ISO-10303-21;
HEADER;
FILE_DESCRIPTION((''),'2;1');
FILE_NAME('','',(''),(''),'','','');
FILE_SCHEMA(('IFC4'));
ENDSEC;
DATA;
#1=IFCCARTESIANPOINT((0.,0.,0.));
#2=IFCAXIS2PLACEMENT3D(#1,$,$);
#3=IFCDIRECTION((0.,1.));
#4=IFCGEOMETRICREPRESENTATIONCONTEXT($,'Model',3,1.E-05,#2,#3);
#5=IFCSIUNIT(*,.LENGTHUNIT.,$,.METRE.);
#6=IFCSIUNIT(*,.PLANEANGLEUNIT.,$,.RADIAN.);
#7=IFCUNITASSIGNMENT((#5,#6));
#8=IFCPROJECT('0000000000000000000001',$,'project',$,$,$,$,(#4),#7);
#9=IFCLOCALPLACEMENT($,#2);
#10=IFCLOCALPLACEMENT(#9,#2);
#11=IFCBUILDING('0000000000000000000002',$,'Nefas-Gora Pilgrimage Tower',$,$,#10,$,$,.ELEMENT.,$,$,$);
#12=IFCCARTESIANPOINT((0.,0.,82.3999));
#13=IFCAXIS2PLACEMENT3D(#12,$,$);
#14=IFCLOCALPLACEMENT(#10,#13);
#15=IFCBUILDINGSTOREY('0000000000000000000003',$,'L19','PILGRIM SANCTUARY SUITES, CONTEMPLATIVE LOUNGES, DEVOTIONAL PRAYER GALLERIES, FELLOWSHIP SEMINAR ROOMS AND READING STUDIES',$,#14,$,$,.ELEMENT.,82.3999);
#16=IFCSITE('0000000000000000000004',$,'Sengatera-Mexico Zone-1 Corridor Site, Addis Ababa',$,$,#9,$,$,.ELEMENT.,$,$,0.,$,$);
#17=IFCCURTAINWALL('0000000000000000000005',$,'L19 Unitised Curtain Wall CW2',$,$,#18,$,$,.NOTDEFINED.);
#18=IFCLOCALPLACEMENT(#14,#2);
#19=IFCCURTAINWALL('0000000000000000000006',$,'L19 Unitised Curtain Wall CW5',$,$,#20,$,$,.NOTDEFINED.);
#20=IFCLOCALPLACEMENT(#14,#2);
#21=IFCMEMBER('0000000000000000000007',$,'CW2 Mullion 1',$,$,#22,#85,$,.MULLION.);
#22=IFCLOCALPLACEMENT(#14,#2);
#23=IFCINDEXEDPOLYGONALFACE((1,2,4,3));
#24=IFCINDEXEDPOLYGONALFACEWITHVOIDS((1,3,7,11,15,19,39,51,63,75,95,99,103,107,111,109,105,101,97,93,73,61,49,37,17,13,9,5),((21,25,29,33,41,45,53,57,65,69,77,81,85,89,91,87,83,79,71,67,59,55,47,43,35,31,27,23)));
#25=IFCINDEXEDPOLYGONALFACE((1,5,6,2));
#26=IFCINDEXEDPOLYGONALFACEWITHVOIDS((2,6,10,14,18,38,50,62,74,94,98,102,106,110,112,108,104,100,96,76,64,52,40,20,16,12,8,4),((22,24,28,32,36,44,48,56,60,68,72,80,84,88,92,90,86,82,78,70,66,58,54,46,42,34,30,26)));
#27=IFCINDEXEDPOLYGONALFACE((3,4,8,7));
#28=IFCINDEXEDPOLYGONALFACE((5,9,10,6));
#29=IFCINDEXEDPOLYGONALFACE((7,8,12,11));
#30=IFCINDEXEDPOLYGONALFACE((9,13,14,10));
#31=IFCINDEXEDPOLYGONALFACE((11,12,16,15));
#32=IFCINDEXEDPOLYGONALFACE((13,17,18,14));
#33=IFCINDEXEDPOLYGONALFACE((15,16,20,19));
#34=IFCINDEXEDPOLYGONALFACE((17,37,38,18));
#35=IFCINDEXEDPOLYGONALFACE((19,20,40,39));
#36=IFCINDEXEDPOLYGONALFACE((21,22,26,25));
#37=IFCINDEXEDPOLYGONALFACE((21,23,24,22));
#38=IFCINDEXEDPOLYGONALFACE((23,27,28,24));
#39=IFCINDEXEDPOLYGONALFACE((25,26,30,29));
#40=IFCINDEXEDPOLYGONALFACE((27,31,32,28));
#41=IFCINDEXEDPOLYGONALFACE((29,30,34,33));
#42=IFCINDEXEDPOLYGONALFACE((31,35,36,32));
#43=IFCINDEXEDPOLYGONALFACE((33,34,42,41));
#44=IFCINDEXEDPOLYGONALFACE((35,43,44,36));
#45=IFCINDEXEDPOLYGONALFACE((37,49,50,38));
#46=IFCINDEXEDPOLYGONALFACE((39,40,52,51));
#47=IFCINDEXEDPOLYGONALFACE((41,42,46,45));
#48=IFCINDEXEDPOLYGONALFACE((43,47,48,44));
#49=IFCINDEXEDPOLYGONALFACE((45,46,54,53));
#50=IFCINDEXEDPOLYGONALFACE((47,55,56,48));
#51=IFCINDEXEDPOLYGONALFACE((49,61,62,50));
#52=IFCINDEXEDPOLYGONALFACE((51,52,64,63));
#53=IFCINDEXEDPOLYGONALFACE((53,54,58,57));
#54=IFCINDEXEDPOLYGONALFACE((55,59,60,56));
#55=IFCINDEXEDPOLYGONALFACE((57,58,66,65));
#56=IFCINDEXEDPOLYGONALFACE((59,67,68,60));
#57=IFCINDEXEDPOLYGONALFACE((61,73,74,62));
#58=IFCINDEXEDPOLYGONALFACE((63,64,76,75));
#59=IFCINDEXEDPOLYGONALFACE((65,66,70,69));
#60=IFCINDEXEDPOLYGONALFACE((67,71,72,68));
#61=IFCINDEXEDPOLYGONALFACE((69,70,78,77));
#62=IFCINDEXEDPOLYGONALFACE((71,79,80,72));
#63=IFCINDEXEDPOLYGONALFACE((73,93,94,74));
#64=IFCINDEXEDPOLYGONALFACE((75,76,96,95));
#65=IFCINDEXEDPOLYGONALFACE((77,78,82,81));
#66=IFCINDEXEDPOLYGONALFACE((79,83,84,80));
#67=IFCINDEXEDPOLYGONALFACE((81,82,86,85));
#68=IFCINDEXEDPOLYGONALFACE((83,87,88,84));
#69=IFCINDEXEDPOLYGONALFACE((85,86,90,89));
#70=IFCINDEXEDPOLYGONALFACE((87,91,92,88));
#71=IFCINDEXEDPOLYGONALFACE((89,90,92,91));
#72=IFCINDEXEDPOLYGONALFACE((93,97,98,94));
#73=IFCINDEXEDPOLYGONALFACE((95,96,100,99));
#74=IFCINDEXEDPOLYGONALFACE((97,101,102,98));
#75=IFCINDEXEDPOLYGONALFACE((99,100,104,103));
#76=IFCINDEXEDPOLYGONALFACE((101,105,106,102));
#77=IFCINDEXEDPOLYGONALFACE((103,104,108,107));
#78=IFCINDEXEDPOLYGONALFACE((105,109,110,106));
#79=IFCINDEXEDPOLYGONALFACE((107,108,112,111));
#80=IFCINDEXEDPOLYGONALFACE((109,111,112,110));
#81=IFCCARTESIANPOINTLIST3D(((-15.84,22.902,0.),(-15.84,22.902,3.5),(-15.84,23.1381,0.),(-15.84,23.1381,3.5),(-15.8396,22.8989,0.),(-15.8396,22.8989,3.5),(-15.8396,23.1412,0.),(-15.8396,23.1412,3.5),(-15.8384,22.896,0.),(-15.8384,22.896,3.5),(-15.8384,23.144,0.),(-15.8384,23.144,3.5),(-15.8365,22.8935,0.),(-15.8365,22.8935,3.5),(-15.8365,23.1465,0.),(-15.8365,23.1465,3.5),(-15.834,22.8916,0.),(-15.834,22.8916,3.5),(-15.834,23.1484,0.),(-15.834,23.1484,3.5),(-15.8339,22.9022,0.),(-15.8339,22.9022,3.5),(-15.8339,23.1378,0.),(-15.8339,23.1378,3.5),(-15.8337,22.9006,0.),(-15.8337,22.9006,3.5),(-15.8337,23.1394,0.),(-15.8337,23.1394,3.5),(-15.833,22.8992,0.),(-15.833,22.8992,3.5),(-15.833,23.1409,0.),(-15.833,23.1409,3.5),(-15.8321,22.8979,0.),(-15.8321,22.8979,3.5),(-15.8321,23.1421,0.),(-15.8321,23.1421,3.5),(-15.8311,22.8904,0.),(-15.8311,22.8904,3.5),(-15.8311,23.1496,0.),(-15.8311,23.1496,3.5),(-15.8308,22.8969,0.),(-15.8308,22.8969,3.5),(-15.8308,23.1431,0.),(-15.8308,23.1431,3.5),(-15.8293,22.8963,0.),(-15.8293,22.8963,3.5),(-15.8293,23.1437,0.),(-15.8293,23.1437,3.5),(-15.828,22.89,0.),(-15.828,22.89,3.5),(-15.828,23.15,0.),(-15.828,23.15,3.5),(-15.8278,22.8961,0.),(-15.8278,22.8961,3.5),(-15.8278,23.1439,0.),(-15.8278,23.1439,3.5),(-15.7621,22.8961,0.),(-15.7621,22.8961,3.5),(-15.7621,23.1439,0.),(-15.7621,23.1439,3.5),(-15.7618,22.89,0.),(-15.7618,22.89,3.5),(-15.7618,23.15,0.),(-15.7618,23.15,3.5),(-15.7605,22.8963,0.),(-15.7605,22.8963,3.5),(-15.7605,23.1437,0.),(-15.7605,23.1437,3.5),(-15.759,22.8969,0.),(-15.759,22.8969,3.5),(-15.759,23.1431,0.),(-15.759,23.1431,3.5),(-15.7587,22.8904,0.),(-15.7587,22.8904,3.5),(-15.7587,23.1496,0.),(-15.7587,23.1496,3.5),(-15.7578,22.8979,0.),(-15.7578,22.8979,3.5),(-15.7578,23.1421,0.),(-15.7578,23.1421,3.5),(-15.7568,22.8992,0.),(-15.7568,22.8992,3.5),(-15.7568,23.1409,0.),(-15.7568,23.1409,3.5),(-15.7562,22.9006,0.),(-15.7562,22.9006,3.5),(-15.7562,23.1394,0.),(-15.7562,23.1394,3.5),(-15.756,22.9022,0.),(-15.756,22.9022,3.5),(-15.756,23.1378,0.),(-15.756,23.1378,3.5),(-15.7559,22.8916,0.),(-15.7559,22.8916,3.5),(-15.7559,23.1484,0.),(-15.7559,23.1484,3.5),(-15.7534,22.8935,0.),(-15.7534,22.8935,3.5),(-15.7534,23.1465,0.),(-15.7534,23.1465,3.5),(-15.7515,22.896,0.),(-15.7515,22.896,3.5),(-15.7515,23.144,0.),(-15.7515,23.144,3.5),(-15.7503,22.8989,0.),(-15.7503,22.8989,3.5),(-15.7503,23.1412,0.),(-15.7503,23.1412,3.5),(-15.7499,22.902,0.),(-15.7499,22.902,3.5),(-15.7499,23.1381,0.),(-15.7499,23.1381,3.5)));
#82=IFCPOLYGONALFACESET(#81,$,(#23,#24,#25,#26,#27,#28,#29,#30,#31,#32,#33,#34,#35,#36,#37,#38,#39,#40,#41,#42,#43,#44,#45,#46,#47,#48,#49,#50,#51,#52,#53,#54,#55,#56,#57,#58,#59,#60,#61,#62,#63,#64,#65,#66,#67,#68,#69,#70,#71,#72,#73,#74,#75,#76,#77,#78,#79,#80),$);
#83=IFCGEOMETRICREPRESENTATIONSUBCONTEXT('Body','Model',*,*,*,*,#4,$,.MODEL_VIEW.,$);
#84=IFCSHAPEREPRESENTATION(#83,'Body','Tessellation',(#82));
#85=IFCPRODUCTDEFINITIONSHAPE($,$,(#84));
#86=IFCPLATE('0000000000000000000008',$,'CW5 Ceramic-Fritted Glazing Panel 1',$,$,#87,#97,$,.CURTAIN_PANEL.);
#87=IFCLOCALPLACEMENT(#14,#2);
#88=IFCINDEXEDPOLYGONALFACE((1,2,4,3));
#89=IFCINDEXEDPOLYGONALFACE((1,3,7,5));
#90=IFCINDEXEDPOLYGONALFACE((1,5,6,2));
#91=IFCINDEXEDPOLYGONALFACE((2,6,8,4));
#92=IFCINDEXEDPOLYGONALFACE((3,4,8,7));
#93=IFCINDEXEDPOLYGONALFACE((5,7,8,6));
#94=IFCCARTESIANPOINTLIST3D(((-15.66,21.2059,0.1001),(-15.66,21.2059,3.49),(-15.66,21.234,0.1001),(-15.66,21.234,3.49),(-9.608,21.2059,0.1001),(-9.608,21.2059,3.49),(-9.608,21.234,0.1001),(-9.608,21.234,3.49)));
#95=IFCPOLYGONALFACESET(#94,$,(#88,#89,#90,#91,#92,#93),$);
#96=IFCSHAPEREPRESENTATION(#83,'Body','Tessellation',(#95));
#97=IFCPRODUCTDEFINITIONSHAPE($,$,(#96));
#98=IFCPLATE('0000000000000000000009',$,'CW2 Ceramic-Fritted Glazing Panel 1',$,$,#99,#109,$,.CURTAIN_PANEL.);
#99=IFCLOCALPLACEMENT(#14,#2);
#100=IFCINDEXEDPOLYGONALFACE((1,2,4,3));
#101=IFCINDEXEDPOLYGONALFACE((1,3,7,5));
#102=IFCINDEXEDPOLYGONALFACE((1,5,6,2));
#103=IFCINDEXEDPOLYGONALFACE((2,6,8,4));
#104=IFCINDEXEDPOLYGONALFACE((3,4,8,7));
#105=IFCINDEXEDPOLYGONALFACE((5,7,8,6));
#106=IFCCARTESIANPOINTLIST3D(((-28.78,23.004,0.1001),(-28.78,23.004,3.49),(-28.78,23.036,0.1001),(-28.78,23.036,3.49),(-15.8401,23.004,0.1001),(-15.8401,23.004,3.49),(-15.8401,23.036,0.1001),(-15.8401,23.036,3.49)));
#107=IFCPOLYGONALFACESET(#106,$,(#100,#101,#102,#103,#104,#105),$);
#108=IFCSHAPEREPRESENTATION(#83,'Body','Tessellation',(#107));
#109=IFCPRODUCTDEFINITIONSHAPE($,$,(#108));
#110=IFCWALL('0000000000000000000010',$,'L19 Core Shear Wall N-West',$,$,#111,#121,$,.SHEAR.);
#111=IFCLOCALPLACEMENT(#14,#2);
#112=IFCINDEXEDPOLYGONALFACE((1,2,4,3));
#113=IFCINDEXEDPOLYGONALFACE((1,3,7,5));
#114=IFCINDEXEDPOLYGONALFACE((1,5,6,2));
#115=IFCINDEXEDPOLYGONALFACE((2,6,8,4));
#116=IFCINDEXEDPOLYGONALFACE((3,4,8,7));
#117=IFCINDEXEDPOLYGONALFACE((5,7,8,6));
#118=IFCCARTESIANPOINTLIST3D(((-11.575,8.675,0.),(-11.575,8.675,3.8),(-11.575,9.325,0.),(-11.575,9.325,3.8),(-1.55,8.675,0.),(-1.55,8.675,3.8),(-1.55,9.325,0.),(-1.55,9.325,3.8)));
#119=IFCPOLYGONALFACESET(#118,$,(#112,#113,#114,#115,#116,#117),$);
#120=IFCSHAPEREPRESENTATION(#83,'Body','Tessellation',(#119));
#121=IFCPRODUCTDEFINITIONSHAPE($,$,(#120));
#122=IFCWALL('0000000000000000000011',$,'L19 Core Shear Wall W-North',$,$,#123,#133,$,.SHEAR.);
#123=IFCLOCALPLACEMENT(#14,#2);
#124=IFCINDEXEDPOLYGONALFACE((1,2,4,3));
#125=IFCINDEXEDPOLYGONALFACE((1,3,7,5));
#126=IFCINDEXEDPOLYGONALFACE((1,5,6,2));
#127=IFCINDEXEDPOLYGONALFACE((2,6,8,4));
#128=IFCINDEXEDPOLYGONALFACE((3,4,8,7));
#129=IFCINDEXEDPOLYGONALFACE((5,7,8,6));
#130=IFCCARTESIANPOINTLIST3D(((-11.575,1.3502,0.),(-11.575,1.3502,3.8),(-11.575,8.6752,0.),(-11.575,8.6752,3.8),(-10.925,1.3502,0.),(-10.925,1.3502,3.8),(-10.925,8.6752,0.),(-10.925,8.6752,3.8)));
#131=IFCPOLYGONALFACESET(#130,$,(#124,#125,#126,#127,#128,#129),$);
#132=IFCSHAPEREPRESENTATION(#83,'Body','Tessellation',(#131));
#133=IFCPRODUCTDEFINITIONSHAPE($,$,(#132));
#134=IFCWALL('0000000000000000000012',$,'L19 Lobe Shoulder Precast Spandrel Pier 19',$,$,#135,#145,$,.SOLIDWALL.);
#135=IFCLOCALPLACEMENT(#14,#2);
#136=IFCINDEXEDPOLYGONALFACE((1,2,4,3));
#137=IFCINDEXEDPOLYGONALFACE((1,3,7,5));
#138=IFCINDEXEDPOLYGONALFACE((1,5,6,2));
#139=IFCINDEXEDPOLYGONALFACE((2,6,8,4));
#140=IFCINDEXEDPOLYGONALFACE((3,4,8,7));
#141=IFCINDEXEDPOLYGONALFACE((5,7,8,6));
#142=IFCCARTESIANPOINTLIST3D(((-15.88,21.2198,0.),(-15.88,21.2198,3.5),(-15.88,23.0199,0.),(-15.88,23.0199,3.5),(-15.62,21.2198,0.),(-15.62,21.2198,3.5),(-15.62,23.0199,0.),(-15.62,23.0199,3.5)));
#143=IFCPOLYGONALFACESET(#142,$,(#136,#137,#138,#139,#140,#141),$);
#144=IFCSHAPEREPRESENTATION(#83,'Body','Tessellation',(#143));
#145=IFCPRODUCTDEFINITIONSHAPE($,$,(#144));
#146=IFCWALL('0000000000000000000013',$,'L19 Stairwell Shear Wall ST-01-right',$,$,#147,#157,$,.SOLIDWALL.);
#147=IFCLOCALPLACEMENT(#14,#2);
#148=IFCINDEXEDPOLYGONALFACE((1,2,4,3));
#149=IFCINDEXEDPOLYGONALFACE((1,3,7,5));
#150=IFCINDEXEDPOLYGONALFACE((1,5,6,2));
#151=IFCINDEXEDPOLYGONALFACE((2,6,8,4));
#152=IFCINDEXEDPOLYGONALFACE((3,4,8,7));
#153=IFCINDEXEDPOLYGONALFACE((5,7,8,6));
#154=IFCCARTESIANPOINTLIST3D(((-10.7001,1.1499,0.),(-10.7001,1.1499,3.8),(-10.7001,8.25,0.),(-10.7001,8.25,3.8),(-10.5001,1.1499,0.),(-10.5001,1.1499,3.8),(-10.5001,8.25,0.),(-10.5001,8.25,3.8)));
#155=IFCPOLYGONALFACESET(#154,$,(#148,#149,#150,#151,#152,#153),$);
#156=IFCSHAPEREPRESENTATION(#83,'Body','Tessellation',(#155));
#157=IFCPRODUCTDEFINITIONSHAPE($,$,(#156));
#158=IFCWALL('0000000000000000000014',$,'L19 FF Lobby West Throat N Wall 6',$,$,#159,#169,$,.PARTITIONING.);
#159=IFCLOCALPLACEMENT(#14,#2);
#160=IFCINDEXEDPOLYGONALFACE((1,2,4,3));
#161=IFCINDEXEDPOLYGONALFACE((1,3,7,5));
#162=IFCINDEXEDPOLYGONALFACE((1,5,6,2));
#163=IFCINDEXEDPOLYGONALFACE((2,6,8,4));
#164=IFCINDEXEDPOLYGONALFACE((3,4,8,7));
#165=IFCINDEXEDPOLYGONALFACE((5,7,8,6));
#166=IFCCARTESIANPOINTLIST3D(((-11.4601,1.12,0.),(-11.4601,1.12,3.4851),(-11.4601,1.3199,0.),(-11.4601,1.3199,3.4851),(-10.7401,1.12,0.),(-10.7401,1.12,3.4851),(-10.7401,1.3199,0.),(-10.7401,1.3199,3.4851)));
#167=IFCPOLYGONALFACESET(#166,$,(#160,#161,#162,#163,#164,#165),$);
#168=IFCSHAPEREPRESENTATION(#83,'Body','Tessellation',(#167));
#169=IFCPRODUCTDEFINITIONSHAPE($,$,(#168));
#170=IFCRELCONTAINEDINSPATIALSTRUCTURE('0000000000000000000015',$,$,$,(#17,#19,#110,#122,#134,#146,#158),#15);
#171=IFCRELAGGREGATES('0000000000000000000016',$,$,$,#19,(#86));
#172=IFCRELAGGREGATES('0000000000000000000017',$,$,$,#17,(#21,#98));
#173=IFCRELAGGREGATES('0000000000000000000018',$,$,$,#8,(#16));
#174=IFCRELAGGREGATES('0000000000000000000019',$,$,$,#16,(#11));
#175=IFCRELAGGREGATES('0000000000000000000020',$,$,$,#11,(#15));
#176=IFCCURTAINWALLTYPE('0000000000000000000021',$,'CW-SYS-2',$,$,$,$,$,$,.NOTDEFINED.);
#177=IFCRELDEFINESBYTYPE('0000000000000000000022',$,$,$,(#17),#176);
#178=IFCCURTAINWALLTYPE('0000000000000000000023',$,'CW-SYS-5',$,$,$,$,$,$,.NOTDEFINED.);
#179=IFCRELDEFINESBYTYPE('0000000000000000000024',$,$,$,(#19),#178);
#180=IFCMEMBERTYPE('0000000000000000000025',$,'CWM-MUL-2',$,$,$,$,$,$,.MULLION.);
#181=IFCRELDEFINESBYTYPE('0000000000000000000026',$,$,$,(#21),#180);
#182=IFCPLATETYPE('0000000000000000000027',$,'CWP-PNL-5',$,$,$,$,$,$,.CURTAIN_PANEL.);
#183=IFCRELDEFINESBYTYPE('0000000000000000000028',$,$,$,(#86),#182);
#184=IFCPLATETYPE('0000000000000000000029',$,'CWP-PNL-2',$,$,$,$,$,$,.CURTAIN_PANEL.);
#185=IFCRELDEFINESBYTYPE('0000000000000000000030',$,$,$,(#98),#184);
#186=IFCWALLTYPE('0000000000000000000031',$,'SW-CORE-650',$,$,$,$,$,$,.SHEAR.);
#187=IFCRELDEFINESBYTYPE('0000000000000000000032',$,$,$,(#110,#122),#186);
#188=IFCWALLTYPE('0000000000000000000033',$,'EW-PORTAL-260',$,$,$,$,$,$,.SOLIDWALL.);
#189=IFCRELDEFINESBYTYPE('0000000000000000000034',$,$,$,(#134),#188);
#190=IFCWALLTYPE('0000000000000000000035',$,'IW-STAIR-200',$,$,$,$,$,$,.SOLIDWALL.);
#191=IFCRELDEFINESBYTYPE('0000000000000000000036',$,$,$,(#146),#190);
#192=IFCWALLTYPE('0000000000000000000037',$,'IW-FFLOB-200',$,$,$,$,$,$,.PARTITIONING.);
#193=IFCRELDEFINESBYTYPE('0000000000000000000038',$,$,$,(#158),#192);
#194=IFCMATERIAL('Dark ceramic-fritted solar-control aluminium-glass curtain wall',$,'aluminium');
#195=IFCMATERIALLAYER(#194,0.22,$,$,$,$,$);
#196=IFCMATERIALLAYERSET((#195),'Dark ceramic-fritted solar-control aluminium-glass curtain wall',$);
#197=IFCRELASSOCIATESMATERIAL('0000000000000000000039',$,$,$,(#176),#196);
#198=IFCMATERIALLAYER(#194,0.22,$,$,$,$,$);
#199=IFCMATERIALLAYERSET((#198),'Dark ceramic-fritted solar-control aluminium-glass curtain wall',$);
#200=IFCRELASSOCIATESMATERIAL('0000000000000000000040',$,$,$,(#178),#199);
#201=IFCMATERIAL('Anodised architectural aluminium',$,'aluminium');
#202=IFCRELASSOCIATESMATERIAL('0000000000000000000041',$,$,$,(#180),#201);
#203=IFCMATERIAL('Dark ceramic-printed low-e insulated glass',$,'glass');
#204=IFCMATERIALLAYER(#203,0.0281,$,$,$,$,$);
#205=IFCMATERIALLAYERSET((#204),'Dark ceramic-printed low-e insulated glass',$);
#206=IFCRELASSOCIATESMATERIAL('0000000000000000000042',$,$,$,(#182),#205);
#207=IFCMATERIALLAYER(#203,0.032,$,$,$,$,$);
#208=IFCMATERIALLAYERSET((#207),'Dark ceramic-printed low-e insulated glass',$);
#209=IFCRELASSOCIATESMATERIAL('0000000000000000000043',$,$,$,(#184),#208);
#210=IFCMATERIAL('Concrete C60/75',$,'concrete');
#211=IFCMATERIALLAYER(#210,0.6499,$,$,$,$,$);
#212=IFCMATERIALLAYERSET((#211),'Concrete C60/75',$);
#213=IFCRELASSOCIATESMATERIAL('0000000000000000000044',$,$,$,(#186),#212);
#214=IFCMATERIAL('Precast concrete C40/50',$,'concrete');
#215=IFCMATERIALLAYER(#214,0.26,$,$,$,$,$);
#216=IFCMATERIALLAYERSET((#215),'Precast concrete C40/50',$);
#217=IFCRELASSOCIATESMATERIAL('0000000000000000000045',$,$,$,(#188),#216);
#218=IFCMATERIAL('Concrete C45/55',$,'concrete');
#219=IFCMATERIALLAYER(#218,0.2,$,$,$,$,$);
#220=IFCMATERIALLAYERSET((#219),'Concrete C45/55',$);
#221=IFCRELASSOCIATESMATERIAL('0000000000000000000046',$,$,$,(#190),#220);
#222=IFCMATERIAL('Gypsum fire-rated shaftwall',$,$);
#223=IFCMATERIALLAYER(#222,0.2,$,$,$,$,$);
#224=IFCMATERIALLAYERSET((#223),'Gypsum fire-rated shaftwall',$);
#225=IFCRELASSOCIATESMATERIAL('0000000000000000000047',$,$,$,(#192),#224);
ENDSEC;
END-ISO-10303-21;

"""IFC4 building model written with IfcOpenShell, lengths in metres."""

from ifc_helpers import new_model, si_unit, direction, frame, frame_2d, origin, origin_2d, place, context, subcontext, project, spatial, rectangle, hollow_rectangle, extrude, source, transform, mapped, material, layer, layer_set, material_profile, profile_set, type_object, element, aggregate, save


model = new_model("IFC4")

# Units and contexts
model_context = context("Model", 3, precision=1e-05, world=origin(), true_north=direction((0.0, 1.0)))
body_context = subcontext(model_context, "Body", "Model", "MODEL_VIEW")
ifc_project = project(units=[si_unit("LENGTHUNIT", "METRE"), si_unit("PLANEANGLEUNIT", "RADIAN")], contexts=[model_context])

# Site, building, storey
site_placement = place(None, origin())
site = spatial("IfcSite", under=ifc_project, at=site_placement, Name="Sengatera-Mexico Zone-1 Corridor Site, Addis Ababa", CompositionType="ELEMENT", RefElevation=0.0)
building_placement = place(site_placement, origin())
building = spatial("IfcBuilding", under=site, at=building_placement, Name="Nefas-Gora Pilgrimage Tower", CompositionType="ELEMENT")
storey_placement = place(building_placement, frame((0.0, 0.0, 82.3999)))
storey = spatial("IfcBuildingStorey", under=building, at=storey_placement, Name="L19", Description="PILGRIM SANCTUARY SUITES, CONTEMPLATIVE LOUNGES, DEVOTIONAL PRAYER GALLERIES, FELLOWSHIP SEMINAR ROOMS AND READING STUDIES", CompositionType="ELEMENT", Elevation=82.3999)

# Curtain walls
ifc_material_1 = material(Name="Dark ceramic-fritted solar-control aluminium-glass curtain wall", Category="aluminium")
ifc_layer_1 = layer(ifc_material_1, 0.22)
ifc_layer_set_1 = layer_set([ifc_layer_1], Name="Dark ceramic-fritted solar-control aluminium-glass curtain wall")
curtain_wall_type_1 = type_object("IfcCurtainWallType", Name="CW-SYS-2", PredefinedType="NOTDEFINED", material=ifc_layer_set_1)
curtain_wall_1_placement = place(storey_placement, origin())
curtain_wall_1 = element("IfcCurtainWall", 1, at=curtain_wall_1_placement, inside=storey, type_object=curtain_wall_type_1, Name="L19 Unitised Curtain Wall CW2", PredefinedType="NOTDEFINED")
ifc_material_2 = material(Name="Anodised architectural aluminium", Category="aluminium")
ifc_layer_2 = layer(ifc_material_1, 0.22)
ifc_layer_set_2 = layer_set([ifc_layer_2], Name="Dark ceramic-fritted solar-control aluminium-glass curtain wall")
curtain_wall_type_2 = type_object("IfcCurtainWallType", Name="CW-SYS-5", PredefinedType="NOTDEFINED", material=ifc_layer_set_2)
curtain_wall_2_placement = place(storey_placement, origin())
curtain_wall_2 = element("IfcCurtainWall", 2, at=curtain_wall_2_placement, inside=storey, type_object=curtain_wall_type_2, Name="L19 Unitised Curtain Wall CW5", PredefinedType="NOTDEFINED")

# Member
ifc_material_profile_1 = material_profile(ifc_material_2, hollow_rectangle(XDim=0.0901, YDim=0.26, WallThickness=0.0061, InnerFilletRadius=0.0061, OuterFilletRadius=0.012, at=origin_2d()), Name="ALU MULLION 90x260")
ifc_profile_set_1 = profile_set([ifc_material_profile_1], Name="Anodised architectural aluminium")
member_type_1 = type_object("IfcMemberType", Name="CWM-MUL-2", PredefinedType="MULLION", material=ifc_profile_set_1)
shared_shape_1 = source(origin(), body_context, "Body", "SweptSolid", [
    extrude(hollow_rectangle(XDim=0.0901, YDim=0.26, WallThickness=0.0061, InnerFilletRadius=0.0061, OuterFilletRadius=0.012, at=origin_2d()), origin(), (0.0, 0.0, 1.0), 3.5),
])
member_1_placement = place(storey_placement, frame((-15.7949, 23.02, 0.0), z_axis=(0.0, 0.0, 1.0), x_axis=(-1.0, 0.0, 0.0)))
member_1 = element("IfcMember", 3, at=member_1_placement, type_object=member_type_1, Name="CW2 Mullion 1", PredefinedType="MULLION", context=body_context, shape_type="MappedRepresentation", body=[
    mapped(shared_shape_1, transform((0.0, 0.0, 0.0), x_axis=(1.0, 0.0, 0.0), y_axis=(0.0, 1.0, 0.0), z_axis=(0.0, 0.0, 1.0), scale=1.0)),
])

# Plates
ifc_material_3 = material(Name="Dark ceramic-printed low-e insulated glass", Category="glass")
ifc_layer_3 = layer(ifc_material_3, 0.0281)
ifc_layer_set_3 = layer_set([ifc_layer_3], Name="Dark ceramic-printed low-e insulated glass")
plate_type_1 = type_object("IfcPlateType", Name="CWP-PNL-5", PredefinedType="CURTAIN_PANEL", material=ifc_layer_set_3)
shared_shape_2 = source(origin(), body_context, "Body", "SweptSolid", [
    extrude(rectangle(XDim=6.052, YDim=0.0281, at=origin_2d()), origin(), (0.0, 0.0, 1.0), 3.3899),
])
plate_1_placement = place(storey_placement, frame((-12.634, 21.22, 0.1001), z_axis=(0.0, 0.0, 1.0), x_axis=(-1.0, 0.0, 0.0)))
plate_1 = element("IfcPlate", 4, at=plate_1_placement, type_object=plate_type_1, Name="CW5 Ceramic-Fritted Glazing Panel 1", PredefinedType="CURTAIN_PANEL", context=body_context, shape_type="MappedRepresentation", body=[
    mapped(shared_shape_2, transform((0.0, 0.0, 0.0), x_axis=(1.0, 0.0, 0.0), y_axis=(0.0, 1.0, 0.0), z_axis=(0.0, 0.0, 1.0), scale=1.0)),
])
aggregate(curtain_wall_2, [plate_1])
ifc_layer_4 = layer(ifc_material_3, 0.032)
ifc_layer_set_4 = layer_set([ifc_layer_4], Name="Dark ceramic-printed low-e insulated glass")
plate_type_2 = type_object("IfcPlateType", Name="CWP-PNL-2", PredefinedType="CURTAIN_PANEL", material=ifc_layer_set_4)
shared_shape_3 = source(origin(), body_context, "Body", "SweptSolid", [
    extrude(rectangle(XDim=12.9399, YDim=0.032, at=origin_2d()), origin(), (0.0, 0.0, 1.0), 3.3899),
])
plate_2_placement = place(storey_placement, frame((-22.3101, 23.02, 0.1001), z_axis=(0.0, 0.0, 1.0), x_axis=(-1.0, 0.0, 0.0)))
plate_2 = element("IfcPlate", 5, at=plate_2_placement, type_object=plate_type_2, Name="CW2 Ceramic-Fritted Glazing Panel 1", PredefinedType="CURTAIN_PANEL", context=body_context, shape_type="MappedRepresentation", body=[
    mapped(shared_shape_3, transform((0.0, 0.0, 0.0), x_axis=(1.0, 0.0, 0.0), y_axis=(0.0, 1.0, 0.0), z_axis=(0.0, 0.0, 1.0), scale=1.0)),
])
aggregate(curtain_wall_1, [member_1, plate_2])

# Walls
ifc_material_4 = material(Name="Concrete C60/75", Category="concrete")
ifc_layer_5 = layer(ifc_material_4, 0.6499)
ifc_layer_set_5 = layer_set([ifc_layer_5], Name="Concrete C60/75")
wall_type_1 = type_object("IfcWallType", Name="SW-CORE-650", PredefinedType="SHEAR", material=ifc_layer_set_5)
shared_shape_4 = source(origin(), body_context, "Body", "SweptSolid", [
    extrude(rectangle(XDim=10.0249, YDim=0.6499, at=frame_2d((5.0125, 0.0))), origin(), (0.0, 0.0, 1.0), 3.8),
])
wall_1_placement = place(storey_placement, frame((-11.575, 9.0, 0.0), z_axis=(0.0, 0.0, 1.0), x_axis=(1.0, 0.0, 0.0)))
element("IfcWall", 6, at=wall_1_placement, inside=storey, type_object=wall_type_1, Name="L19 Core Shear Wall N-West", PredefinedType="SHEAR", context=body_context, shape_type="MappedRepresentation", body=[
    mapped(shared_shape_4, transform((0.0, 0.0, 0.0), x_axis=(1.0, 0.0, 0.0), y_axis=(0.0, 1.0, 0.0), z_axis=(0.0, 0.0, 1.0), scale=1.0)),
])
shared_shape_5 = source(origin(), body_context, "Body", "SweptSolid", [
    extrude(rectangle(XDim=7.325, YDim=0.6499, at=frame_2d((3.6626, 0.0))), origin(), (0.0, 0.0, 1.0), 3.8),
])
wall_2_placement = place(storey_placement, frame((-11.25, 1.3501, 0.0), z_axis=(0.0, 0.0, 1.0), x_axis=(0.0, 1.0, 0.0)))
element("IfcWall", 7, at=wall_2_placement, inside=storey, type_object=wall_type_1, Name="L19 Core Shear Wall W-North", PredefinedType="SHEAR", context=body_context, shape_type="MappedRepresentation", body=[
    mapped(shared_shape_5, transform((0.0, 0.0, 0.0), x_axis=(1.0, 0.0, 0.0), y_axis=(0.0, 1.0, 0.0), z_axis=(0.0, 0.0, 1.0), scale=1.0)),
])
ifc_material_5 = material(Name="Precast concrete C40/50", Category="concrete")
ifc_layer_6 = layer(ifc_material_5, 0.26)
ifc_layer_set_6 = layer_set([ifc_layer_6], Name="Precast concrete C40/50")
wall_type_2 = type_object("IfcWallType", Name="EW-PORTAL-260", PredefinedType="SOLIDWALL", material=ifc_layer_set_6)
shared_shape_6 = source(origin(), body_context, "Body", "SweptSolid", [
    extrude(rectangle(XDim=1.8, YDim=0.26, at=frame_2d((0.8999, 0.0))), origin(), (0.0, 0.0, 1.0), 3.5),
])
wall_3_placement = place(storey_placement, frame((-15.75, 21.22, 0.0), z_axis=(0.0, 0.0, 1.0), x_axis=(0.0, 1.0, 0.0)))
element("IfcWall", 8, at=wall_3_placement, inside=storey, type_object=wall_type_2, Name="L19 Lobe Shoulder Precast Spandrel Pier 19", PredefinedType="SOLIDWALL", context=body_context, shape_type="MappedRepresentation", body=[
    mapped(shared_shape_6, transform((0.0, 0.0, 0.0), x_axis=(1.0, 0.0, 0.0), y_axis=(0.0, 1.0, 0.0), z_axis=(0.0, 0.0, 1.0), scale=1.0)),
])
ifc_material_6 = material(Name="Concrete C45/55", Category="concrete")
ifc_layer_7 = layer(ifc_material_6, 0.2)
ifc_layer_set_7 = layer_set([ifc_layer_7], Name="Concrete C45/55")
wall_type_3 = type_object("IfcWallType", Name="IW-STAIR-200", PredefinedType="SOLIDWALL", material=ifc_layer_set_7)
shared_shape_7 = source(origin(), body_context, "Body", "SweptSolid", [
    extrude(rectangle(XDim=7.1001, YDim=0.2, at=frame_2d((3.55, 0.0))), origin(), (0.0, 0.0, 1.0), 3.8),
])
wall_4_placement = place(storey_placement, frame((-10.6001, 1.1499, 0.0), z_axis=(0.0, 0.0, 1.0), x_axis=(0.0, 1.0, 0.0)))
element("IfcWall", 9, at=wall_4_placement, inside=storey, type_object=wall_type_3, Name="L19 Stairwell Shear Wall ST-01-right", PredefinedType="SOLIDWALL", context=body_context, shape_type="MappedRepresentation", body=[
    mapped(shared_shape_7, transform((0.0, 0.0, 0.0), x_axis=(1.0, 0.0, 0.0), y_axis=(0.0, 1.0, 0.0), z_axis=(0.0, 0.0, 1.0), scale=1.0)),
])
ifc_material_7 = material(Name="Gypsum fire-rated shaftwall")
ifc_layer_8 = layer(ifc_material_7, 0.2)
ifc_layer_set_8 = layer_set([ifc_layer_8], Name="Gypsum fire-rated shaftwall")
wall_type_4 = type_object("IfcWallType", Name="IW-FFLOB-200", PredefinedType="PARTITIONING", material=ifc_layer_set_8)
shared_shape_8 = source(origin(), body_context, "Body", "SweptSolid", [
    extrude(rectangle(XDim=0.72, YDim=0.2, at=frame_2d((0.3599, 0.0))), origin(), (0.0, 0.0, 1.0), 3.4851),
])
wall_5_placement = place(storey_placement, frame((-11.46, 1.22, 0.0), z_axis=(0.0, 0.0, 1.0), x_axis=(1.0, 0.0, 0.0)))
element("IfcWall", 10, at=wall_5_placement, inside=storey, type_object=wall_type_4, Name="L19 FF Lobby West Throat N Wall 6", PredefinedType="PARTITIONING", context=body_context, shape_type="MappedRepresentation", body=[
    mapped(shared_shape_8, transform((0.0, 0.0, 0.0), x_axis=(1.0, 0.0, 0.0), y_axis=(0.0, 1.0, 0.0), z_axis=(0.0, 0.0, 1.0), scale=1.0)),
])

save(model, "model.ifc")
